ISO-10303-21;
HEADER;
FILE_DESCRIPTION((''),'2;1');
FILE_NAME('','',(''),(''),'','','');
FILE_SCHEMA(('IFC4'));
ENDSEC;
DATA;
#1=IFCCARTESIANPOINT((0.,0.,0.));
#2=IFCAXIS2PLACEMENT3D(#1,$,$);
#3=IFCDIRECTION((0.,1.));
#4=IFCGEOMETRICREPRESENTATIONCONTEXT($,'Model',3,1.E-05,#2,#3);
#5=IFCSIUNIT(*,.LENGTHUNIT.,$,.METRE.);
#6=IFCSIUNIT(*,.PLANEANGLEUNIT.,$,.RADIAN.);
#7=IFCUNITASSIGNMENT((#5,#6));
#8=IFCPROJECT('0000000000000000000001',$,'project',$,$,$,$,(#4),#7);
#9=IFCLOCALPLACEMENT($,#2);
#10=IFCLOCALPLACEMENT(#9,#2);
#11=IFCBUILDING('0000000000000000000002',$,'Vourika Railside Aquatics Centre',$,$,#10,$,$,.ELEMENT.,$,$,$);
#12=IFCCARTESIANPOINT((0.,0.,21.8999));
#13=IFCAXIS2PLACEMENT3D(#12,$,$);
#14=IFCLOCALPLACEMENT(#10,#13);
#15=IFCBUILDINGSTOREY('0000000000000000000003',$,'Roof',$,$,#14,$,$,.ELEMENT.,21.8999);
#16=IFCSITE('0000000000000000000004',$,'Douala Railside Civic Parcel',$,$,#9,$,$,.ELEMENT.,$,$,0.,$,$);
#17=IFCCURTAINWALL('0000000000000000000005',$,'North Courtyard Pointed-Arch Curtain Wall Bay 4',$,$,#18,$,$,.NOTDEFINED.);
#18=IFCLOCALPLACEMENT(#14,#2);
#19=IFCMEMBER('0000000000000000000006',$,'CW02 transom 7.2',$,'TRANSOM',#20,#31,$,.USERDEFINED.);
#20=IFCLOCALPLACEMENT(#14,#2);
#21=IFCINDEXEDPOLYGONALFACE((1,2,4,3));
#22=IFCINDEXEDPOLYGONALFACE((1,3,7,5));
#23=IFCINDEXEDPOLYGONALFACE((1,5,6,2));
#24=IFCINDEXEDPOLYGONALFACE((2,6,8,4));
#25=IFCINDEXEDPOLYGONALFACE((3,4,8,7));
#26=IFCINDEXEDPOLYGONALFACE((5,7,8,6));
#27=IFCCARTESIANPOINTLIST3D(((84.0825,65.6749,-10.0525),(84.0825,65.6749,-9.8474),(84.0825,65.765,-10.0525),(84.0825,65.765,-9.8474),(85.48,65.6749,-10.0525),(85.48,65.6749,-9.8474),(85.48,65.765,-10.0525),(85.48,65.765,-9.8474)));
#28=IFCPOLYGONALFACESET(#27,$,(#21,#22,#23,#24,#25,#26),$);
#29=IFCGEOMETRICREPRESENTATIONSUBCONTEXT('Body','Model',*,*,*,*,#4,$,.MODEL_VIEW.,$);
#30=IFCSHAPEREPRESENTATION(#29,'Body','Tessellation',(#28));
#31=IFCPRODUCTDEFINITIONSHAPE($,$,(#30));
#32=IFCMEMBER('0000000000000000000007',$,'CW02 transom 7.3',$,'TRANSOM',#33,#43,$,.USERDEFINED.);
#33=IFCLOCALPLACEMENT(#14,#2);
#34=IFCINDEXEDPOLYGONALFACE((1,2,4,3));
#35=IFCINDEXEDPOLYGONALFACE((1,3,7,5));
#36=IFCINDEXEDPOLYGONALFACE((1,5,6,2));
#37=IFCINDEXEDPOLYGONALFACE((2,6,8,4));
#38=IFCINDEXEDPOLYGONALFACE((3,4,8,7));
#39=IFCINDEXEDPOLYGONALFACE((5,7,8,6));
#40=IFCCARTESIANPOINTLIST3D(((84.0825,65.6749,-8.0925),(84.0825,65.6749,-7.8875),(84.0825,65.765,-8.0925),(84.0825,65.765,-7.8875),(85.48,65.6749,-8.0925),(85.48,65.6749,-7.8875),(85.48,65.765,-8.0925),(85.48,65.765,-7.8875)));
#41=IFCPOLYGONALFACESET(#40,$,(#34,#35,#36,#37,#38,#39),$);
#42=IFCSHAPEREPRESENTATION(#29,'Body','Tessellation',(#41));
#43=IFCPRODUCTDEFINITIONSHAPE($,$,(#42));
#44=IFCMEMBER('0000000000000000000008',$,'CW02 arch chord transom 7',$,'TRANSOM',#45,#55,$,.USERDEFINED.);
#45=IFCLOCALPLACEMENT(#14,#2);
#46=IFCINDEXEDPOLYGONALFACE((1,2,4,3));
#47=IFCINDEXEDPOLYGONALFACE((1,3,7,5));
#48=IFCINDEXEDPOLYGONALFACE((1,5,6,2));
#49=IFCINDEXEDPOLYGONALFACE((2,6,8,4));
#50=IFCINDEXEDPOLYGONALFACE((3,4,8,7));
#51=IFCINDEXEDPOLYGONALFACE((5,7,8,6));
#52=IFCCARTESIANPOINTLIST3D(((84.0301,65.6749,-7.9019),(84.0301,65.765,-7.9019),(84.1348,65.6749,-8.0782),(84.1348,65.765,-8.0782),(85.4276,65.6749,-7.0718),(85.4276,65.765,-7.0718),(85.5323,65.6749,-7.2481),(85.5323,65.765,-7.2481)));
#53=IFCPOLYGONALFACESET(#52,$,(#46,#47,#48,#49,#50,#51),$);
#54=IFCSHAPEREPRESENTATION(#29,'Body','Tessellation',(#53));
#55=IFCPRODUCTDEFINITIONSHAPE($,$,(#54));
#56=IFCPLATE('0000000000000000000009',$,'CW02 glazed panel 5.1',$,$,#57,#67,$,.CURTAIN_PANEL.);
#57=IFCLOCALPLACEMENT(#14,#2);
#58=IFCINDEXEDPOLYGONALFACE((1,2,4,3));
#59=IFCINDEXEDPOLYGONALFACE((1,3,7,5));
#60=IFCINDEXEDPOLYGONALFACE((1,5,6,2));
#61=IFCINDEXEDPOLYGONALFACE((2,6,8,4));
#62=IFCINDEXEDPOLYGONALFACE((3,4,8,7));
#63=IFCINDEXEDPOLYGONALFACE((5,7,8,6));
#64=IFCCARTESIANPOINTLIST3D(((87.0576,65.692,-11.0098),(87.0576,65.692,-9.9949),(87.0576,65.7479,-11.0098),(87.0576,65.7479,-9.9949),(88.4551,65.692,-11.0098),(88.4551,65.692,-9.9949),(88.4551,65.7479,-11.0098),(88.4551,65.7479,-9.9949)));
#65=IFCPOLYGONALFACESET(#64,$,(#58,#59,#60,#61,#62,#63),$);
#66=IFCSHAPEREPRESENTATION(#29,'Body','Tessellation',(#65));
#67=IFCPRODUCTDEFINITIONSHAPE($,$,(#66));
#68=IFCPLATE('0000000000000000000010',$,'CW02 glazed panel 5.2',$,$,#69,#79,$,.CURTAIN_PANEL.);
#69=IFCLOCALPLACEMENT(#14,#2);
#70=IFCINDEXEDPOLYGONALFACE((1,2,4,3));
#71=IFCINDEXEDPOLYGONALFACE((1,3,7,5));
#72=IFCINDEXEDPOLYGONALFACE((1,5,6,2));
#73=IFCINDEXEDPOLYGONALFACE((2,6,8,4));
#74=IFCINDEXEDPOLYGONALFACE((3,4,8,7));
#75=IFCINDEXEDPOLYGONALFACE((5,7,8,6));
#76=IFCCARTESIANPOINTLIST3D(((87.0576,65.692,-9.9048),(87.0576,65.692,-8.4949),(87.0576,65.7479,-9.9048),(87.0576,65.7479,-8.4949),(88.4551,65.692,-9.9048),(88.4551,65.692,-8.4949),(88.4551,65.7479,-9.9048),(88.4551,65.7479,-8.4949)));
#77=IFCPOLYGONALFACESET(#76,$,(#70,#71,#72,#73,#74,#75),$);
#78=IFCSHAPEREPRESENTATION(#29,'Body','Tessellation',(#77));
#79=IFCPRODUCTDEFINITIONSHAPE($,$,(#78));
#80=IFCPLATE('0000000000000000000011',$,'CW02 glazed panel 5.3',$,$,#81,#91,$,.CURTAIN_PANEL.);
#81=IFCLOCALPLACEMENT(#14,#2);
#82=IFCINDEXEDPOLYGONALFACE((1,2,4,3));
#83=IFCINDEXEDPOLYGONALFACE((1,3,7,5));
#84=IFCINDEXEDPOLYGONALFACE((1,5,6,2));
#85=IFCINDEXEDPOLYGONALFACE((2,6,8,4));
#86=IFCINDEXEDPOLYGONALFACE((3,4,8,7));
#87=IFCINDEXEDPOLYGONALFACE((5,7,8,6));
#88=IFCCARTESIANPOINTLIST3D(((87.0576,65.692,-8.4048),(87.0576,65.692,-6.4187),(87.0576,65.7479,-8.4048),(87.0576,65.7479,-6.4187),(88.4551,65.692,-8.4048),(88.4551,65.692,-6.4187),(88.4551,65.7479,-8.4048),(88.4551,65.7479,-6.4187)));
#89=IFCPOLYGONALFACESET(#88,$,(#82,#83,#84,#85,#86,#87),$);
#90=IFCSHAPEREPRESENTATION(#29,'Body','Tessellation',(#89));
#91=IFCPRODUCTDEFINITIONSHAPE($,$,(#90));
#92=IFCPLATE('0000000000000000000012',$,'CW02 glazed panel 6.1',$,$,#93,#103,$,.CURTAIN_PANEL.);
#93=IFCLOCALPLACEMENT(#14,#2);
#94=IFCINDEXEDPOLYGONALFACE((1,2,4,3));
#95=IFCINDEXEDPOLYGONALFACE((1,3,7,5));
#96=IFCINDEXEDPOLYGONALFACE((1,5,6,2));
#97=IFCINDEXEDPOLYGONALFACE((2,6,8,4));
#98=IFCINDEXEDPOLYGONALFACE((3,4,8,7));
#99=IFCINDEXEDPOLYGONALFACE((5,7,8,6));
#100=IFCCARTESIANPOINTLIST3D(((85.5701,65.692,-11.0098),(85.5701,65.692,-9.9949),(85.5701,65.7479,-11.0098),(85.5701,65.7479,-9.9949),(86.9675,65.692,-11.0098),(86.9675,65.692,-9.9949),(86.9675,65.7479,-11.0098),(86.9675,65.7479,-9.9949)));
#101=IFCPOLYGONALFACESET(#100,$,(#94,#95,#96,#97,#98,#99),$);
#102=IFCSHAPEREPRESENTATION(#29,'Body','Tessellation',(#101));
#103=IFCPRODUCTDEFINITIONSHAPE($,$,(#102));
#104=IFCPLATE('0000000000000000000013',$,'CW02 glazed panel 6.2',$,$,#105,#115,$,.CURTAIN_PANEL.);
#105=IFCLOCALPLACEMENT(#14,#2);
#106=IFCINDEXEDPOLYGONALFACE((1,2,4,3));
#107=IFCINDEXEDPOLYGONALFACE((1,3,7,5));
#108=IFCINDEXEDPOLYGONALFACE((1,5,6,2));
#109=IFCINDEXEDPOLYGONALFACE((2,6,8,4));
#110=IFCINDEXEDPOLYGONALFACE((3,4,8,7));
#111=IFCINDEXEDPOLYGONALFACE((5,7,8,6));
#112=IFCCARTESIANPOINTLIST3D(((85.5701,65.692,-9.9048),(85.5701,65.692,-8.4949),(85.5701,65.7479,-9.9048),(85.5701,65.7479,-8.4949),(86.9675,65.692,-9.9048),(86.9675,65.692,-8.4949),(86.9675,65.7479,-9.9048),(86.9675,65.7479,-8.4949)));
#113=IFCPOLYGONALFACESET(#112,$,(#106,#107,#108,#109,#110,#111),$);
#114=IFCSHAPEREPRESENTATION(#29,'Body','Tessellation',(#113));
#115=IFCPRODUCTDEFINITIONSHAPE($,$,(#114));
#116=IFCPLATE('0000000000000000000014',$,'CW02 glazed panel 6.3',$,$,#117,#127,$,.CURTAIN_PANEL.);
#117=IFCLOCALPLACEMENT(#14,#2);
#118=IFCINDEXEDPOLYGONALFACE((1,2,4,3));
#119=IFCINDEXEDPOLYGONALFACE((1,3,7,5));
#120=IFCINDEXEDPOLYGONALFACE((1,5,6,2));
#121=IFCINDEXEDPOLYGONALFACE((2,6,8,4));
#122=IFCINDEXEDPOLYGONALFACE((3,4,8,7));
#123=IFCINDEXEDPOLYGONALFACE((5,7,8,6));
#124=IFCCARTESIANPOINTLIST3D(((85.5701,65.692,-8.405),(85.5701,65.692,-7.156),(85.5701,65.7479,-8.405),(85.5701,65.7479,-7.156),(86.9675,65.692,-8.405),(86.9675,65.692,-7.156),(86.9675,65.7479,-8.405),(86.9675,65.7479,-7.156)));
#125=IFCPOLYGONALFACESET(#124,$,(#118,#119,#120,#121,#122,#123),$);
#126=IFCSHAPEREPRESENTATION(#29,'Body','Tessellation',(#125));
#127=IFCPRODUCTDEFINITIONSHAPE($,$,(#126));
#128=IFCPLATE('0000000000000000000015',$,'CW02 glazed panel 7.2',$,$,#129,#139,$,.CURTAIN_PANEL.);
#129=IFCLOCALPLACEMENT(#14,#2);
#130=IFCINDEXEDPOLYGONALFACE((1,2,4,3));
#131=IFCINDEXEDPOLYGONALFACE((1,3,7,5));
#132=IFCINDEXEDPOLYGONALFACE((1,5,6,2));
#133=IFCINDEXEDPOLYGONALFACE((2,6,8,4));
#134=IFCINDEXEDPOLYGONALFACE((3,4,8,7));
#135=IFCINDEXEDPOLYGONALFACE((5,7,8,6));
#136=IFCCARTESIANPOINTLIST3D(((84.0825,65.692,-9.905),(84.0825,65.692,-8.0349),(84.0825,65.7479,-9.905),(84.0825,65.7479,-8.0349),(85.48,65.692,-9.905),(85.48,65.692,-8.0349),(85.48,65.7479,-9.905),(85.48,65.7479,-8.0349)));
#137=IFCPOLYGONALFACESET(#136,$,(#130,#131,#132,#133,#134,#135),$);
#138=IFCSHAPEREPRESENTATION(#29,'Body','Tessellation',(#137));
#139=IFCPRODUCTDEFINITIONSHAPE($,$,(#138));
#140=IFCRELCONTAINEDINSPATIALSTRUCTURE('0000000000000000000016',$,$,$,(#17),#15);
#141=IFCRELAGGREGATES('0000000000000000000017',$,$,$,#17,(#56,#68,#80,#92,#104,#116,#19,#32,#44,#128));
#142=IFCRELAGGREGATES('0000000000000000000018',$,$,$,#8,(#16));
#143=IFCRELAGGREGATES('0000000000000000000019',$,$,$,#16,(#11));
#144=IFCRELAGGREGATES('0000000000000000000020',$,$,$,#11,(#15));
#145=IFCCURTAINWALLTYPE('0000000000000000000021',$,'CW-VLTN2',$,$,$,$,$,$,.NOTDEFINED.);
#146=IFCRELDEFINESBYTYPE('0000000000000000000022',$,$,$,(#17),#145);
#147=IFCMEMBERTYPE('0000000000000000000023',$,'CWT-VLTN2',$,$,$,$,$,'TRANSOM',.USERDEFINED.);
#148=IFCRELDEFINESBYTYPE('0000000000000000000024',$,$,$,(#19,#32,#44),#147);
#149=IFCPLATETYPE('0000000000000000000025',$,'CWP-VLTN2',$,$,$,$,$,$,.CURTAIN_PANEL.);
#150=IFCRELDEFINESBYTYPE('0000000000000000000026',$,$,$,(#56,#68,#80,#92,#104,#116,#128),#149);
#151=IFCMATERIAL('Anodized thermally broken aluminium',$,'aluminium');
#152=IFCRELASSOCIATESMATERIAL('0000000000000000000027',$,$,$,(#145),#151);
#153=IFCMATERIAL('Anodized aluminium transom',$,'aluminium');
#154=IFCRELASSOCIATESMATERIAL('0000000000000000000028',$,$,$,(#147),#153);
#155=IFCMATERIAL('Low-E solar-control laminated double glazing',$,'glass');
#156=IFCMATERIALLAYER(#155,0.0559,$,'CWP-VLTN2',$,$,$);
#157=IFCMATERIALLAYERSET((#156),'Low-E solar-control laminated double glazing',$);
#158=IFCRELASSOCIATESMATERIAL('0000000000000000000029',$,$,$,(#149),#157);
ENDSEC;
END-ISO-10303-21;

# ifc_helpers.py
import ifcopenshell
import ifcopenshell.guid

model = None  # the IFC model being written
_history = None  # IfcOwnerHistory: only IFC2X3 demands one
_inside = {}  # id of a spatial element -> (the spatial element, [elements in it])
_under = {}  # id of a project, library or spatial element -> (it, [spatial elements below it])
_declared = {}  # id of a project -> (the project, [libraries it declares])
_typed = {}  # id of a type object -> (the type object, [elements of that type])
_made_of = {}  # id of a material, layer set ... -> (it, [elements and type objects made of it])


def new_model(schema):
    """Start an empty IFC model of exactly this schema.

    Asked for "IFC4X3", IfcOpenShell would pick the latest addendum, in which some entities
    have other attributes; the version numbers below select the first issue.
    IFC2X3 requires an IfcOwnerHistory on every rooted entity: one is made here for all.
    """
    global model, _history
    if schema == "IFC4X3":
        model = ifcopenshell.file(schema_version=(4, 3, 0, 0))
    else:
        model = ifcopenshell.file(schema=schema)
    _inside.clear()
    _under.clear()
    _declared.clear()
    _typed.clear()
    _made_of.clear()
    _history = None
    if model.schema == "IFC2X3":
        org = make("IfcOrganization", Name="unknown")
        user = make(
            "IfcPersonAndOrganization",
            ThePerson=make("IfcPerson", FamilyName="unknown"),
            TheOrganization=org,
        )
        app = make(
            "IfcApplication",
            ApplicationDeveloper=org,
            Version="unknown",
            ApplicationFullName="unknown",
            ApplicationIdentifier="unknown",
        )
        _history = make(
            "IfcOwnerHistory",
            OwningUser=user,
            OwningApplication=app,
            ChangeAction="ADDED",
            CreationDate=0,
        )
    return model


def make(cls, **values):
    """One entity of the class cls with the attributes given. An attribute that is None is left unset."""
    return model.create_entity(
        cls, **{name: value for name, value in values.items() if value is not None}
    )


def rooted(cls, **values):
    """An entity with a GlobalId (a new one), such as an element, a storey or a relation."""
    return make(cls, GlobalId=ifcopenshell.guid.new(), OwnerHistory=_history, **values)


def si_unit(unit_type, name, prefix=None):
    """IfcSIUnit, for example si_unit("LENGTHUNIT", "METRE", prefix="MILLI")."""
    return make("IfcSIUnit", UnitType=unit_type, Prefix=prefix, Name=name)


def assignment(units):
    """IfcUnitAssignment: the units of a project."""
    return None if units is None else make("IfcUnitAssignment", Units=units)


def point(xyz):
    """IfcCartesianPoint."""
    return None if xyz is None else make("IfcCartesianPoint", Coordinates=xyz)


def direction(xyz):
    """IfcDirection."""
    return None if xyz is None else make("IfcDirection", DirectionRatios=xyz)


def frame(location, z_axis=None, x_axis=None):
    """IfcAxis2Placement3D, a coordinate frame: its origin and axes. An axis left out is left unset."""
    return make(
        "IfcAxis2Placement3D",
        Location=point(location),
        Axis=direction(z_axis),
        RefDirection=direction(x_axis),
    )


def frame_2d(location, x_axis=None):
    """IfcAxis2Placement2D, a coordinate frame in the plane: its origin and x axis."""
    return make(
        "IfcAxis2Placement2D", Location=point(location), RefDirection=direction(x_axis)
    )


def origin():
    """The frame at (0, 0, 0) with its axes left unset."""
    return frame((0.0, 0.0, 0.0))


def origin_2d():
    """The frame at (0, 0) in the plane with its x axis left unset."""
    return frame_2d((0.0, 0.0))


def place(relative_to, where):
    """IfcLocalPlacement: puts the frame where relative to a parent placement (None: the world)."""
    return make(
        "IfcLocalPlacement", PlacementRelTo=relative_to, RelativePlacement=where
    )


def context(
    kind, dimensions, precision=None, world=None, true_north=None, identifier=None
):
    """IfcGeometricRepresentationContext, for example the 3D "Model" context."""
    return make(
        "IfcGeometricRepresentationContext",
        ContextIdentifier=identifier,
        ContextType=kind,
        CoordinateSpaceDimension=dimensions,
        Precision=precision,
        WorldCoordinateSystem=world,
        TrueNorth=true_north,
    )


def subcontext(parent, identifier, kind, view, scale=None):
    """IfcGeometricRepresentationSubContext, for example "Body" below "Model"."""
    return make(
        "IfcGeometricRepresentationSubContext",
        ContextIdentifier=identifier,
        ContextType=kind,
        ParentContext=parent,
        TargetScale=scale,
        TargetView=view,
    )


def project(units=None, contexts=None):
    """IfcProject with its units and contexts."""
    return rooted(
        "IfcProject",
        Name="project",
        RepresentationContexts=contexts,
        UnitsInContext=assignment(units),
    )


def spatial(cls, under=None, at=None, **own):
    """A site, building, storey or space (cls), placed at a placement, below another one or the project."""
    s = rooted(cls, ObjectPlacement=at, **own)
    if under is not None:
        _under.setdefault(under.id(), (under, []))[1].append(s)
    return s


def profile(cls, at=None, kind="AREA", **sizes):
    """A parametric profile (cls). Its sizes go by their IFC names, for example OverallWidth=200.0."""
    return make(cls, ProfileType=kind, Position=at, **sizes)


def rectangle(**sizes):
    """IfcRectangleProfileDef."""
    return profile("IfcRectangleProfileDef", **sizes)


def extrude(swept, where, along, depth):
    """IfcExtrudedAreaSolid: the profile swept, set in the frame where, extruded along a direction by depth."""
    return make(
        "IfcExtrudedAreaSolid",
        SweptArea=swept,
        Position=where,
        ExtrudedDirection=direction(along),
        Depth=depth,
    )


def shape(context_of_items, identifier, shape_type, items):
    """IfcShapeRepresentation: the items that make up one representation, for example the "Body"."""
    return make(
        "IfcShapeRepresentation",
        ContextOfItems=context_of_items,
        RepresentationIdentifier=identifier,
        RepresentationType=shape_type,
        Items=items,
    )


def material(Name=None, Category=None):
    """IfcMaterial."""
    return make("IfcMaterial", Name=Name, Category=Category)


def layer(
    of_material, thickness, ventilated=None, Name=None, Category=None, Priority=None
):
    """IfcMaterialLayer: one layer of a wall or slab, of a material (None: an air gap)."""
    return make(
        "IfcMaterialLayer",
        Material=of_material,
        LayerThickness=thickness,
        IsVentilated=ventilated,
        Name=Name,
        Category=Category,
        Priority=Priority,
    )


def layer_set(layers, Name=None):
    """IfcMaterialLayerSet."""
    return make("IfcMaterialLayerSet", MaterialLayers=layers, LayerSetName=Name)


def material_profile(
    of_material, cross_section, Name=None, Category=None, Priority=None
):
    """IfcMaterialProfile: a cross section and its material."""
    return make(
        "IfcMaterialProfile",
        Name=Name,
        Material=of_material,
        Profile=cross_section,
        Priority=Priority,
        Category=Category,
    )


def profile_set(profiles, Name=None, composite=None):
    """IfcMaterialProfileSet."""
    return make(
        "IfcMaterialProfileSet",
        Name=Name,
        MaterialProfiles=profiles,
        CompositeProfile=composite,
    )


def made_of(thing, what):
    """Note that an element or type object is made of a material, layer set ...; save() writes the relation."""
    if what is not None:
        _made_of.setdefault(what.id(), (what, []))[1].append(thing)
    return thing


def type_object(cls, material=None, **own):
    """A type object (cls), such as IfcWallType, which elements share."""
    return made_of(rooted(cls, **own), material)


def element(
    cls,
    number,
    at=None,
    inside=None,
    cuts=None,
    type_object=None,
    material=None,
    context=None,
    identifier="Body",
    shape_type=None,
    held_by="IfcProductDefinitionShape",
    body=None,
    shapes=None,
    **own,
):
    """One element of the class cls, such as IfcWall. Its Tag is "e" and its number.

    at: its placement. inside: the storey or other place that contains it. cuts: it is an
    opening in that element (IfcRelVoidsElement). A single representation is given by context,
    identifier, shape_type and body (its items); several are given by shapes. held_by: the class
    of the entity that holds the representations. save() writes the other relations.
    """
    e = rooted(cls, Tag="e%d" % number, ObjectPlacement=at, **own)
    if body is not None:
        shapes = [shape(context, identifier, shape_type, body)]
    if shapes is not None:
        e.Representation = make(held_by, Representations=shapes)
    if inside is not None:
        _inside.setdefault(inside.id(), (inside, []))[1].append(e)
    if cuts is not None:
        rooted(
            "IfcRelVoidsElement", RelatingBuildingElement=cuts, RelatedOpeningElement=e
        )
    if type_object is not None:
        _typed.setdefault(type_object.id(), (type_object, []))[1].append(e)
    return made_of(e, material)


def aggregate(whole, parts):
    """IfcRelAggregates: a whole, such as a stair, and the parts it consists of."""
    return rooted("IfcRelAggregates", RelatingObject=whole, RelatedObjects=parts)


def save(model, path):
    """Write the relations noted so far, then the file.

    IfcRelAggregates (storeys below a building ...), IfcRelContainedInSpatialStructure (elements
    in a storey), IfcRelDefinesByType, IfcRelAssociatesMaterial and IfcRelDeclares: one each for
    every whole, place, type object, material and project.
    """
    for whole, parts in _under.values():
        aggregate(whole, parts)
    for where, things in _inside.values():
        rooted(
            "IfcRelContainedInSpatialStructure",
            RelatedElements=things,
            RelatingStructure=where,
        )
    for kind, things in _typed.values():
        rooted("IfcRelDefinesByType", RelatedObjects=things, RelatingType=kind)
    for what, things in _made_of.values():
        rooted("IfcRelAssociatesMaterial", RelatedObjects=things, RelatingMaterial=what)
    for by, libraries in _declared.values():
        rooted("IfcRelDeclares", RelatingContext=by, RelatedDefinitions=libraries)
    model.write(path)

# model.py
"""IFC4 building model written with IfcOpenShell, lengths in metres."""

from ifc_helpers import new_model, si_unit, direction, frame, origin, origin_2d, place, context, subcontext, project, spatial, rectangle, extrude, material, layer, layer_set, material_profile, profile_set, type_object, element, aggregate, save


model = new_model("IFC4")

# Units and contexts
model_context = context("Model", 3, precision=1e-05, world=origin(), true_north=direction((0.0, 1.0)))
body_context = subcontext(model_context, "Body", "Model", "MODEL_VIEW")
ifc_project = project(units=[si_unit("LENGTHUNIT", "METRE"), si_unit("PLANEANGLEUNIT", "RADIAN")], contexts=[model_context])

# Site, building, storey
site_placement = place(None, origin())
site = spatial("IfcSite", under=ifc_project, at=site_placement, Name="Douala Railside Civic Parcel", CompositionType="ELEMENT", RefElevation=0.0)
building_placement = place(site_placement, origin())
building = spatial("IfcBuilding", under=site, at=building_placement, Name="Vourika Railside Aquatics Centre", CompositionType="ELEMENT")
storey_placement = place(building_placement, frame((0.0, 0.0, 21.8999)))
storey = spatial("IfcBuildingStorey", under=building, at=storey_placement, Name="Roof", CompositionType="ELEMENT", Elevation=21.8999)

# Curtain wall, members, plates
ifc_material_1 = material(Name="Anodized thermally broken aluminium", Category="aluminium")
curtain_wall_type = type_object("IfcCurtainWallType", Name="CW-VLTN2", PredefinedType="NOTDEFINED", material=ifc_material_1)
curtain_wall_placement = place(storey_placement, origin())
curtain_wall = element("IfcCurtainWall", 1, at=curtain_wall_placement, inside=storey, type_object=curtain_wall_type, Name="North Courtyard Pointed-Arch Curtain Wall Bay 4", PredefinedType="NOTDEFINED")
ifc_material_2 = material(Name="Anodized aluminium transom", Category="aluminium")
ifc_material_profile_1 = material_profile(ifc_material_2, rectangle(XDim=0.0901, YDim=0.2051, at=origin_2d()), Name="ALU-T 90x205")
ifc_profile_set_1 = profile_set([ifc_material_profile_1], Name="Anodized aluminium transom")
member_type_1 = type_object("IfcMemberType", Name="CWT-VLTN2", ElementType="TRANSOM", PredefinedType="USERDEFINED", material=ifc_profile_set_1)
member_1_placement = place(storey_placement, frame((85.48, 65.72, -9.95), z_axis=(-1.0, 0.0, 0.0), x_axis=(0.0, -1.0, 0.0)))
member_1 = element("IfcMember", 2, at=member_1_placement, type_object=member_type_1, Name="CW02 transom 7.2", ObjectType="TRANSOM", PredefinedType="USERDEFINED", context=body_context, shape_type="SweptSolid", body=[
    extrude(rectangle(XDim=0.0901, YDim=0.2051, at=origin_2d()), origin(), (0.0, 0.0, 1.0), 1.3975),
])
member_2_placement = place(storey_placement, frame((85.48, 65.72, -7.99), z_axis=(-1.0, 0.0, 0.0), x_axis=(0.0, -1.0, 0.0)))
member_2 = element("IfcMember", 3, at=member_2_placement, type_object=member_type_1, Name="CW02 transom 7.3", ObjectType="TRANSOM", PredefinedType="USERDEFINED", context=body_context, shape_type="SweptSolid", body=[
    extrude(rectangle(XDim=0.0901, YDim=0.2051, at=origin_2d()), origin(), (0.0, 0.0, 1.0), 1.3975),
])
member_3_placement = place(storey_placement, frame((85.48, 65.72, -7.1599), z_axis=(-0.859764, 0.0, -0.510691), x_axis=(0.0, -1.0, 0.0)))
member_3 = element("IfcMember", 4, at=member_3_placement, type_object=member_type_1, Name="CW02 arch chord transom 7", ObjectType="TRANSOM", PredefinedType="USERDEFINED", context=body_context, shape_type="SweptSolid", body=[
    extrude(rectangle(XDim=0.0901, YDim=0.2051, at=origin_2d()), origin(), (0.0, 0.0, 1.0), 1.6255),
])
ifc_material_3 = material(Name="Low-E solar-control laminated double glazing", Category="glass")
ifc_layer = layer(ifc_material_3, 0.0559, Name="CWP-VLTN2")
ifc_layer_set = layer_set([ifc_layer], Name="Low-E solar-control laminated double glazing")
plate_type = type_object("IfcPlateType", Name="CWP-VLTN2", PredefinedType="CURTAIN_PANEL", material=ifc_layer_set)
plate_1_placement = place(storey_placement, frame((87.7563, 65.72, -11.0098), z_axis=(0.0, 0.0, 1.0), x_axis=(-1.0, 0.0, 0.0)))
plate_1 = element("IfcPlate", 5, at=plate_1_placement, type_object=plate_type, Name="CW02 glazed panel 5.1", PredefinedType="CURTAIN_PANEL", context=body_context, shape_type="SweptSolid", body=[
    extrude(rectangle(XDim=1.3975, YDim=0.0559, at=origin_2d()), origin(), (0.0, 0.0, 1.0), 1.0149),
])
plate_2_placement = place(storey_placement, frame((87.7563, 65.72, -9.9048), z_axis=(0.0, 0.0, 1.0), x_axis=(-1.0, 0.0, 0.0)))
plate_2 = element("IfcPlate", 6, at=plate_2_placement, type_object=plate_type, Name="CW02 glazed panel 5.2", PredefinedType="CURTAIN_PANEL", context=body_context, shape_type="SweptSolid", body=[
    extrude(rectangle(XDim=1.3975, YDim=0.0559, at=origin_2d()), origin(), (0.0, 0.0, 1.0), 1.4099),
])
plate_3_placement = place(storey_placement, frame((87.7563, 65.72, -8.4048), z_axis=(0.0, 0.0, 1.0), x_axis=(-1.0, 0.0, 0.0)))
plate_3 = element("IfcPlate", 7, at=plate_3_placement, type_object=plate_type, Name="CW02 glazed panel 5.3", PredefinedType="CURTAIN_PANEL", context=body_context, shape_type="SweptSolid", body=[
    extrude(rectangle(XDim=1.3975, YDim=0.0559, at=origin_2d()), origin(), (0.0, 0.0, 1.0), 1.9861),
])
plate_4_placement = place(storey_placement, frame((86.2688, 65.72, -11.0098), z_axis=(0.0, 0.0, 1.0), x_axis=(-1.0, 0.0, 0.0)))
plate_4 = element("IfcPlate", 8, at=plate_4_placement, type_object=plate_type, Name="CW02 glazed panel 6.1", PredefinedType="CURTAIN_PANEL", context=body_context, shape_type="SweptSolid", body=[
    extrude(rectangle(XDim=1.3975, YDim=0.0559, at=origin_2d()), origin(), (0.0, 0.0, 1.0), 1.0149),
])
plate_5_placement = place(storey_placement, frame((86.2688, 65.72, -9.9048), z_axis=(0.0, 0.0, 1.0), x_axis=(-1.0, 0.0, 0.0)))
plate_5 = element("IfcPlate", 9, at=plate_5_placement, type_object=plate_type, Name="CW02 glazed panel 6.2", PredefinedType="CURTAIN_PANEL", context=body_context, shape_type="SweptSolid", body=[
    extrude(rectangle(XDim=1.3975, YDim=0.0559, at=origin_2d()), origin(), (0.0, 0.0, 1.0), 1.4099),
])
plate_6_placement = place(storey_placement, frame((86.2688, 65.72, -8.405), z_axis=(0.0, 0.0, 1.0), x_axis=(-1.0, 0.0, 0.0)))
plate_6 = element("IfcPlate", 10, at=plate_6_placement, type_object=plate_type, Name="CW02 glazed panel 6.3", PredefinedType="CURTAIN_PANEL", context=body_context, shape_type="SweptSolid", body=[
    extrude(rectangle(XDim=1.3975, YDim=0.0559, at=origin_2d()), origin(), (0.0, 0.0, 1.0), 1.249),
])
plate_7_placement = place(storey_placement, frame((84.7812, 65.72, -9.905), z_axis=(0.0, 0.0, 1.0), x_axis=(-1.0, 0.0, 0.0)))
plate_7 = element("IfcPlate", 11, at=plate_7_placement, type_object=plate_type, Name="CW02 glazed panel 7.2", PredefinedType="CURTAIN_PANEL", context=body_context, shape_type="SweptSolid", body=[
    extrude(rectangle(XDim=1.3975, YDim=0.0559, at=origin_2d()), origin(), (0.0, 0.0, 1.0), 1.8701),
])
aggregate(curtain_wall, [plate_1, plate_2, plate_3, plate_4, plate_5, plate_6, member_1, member_2, member_3, plate_7])

save(model, "model.ifc")
